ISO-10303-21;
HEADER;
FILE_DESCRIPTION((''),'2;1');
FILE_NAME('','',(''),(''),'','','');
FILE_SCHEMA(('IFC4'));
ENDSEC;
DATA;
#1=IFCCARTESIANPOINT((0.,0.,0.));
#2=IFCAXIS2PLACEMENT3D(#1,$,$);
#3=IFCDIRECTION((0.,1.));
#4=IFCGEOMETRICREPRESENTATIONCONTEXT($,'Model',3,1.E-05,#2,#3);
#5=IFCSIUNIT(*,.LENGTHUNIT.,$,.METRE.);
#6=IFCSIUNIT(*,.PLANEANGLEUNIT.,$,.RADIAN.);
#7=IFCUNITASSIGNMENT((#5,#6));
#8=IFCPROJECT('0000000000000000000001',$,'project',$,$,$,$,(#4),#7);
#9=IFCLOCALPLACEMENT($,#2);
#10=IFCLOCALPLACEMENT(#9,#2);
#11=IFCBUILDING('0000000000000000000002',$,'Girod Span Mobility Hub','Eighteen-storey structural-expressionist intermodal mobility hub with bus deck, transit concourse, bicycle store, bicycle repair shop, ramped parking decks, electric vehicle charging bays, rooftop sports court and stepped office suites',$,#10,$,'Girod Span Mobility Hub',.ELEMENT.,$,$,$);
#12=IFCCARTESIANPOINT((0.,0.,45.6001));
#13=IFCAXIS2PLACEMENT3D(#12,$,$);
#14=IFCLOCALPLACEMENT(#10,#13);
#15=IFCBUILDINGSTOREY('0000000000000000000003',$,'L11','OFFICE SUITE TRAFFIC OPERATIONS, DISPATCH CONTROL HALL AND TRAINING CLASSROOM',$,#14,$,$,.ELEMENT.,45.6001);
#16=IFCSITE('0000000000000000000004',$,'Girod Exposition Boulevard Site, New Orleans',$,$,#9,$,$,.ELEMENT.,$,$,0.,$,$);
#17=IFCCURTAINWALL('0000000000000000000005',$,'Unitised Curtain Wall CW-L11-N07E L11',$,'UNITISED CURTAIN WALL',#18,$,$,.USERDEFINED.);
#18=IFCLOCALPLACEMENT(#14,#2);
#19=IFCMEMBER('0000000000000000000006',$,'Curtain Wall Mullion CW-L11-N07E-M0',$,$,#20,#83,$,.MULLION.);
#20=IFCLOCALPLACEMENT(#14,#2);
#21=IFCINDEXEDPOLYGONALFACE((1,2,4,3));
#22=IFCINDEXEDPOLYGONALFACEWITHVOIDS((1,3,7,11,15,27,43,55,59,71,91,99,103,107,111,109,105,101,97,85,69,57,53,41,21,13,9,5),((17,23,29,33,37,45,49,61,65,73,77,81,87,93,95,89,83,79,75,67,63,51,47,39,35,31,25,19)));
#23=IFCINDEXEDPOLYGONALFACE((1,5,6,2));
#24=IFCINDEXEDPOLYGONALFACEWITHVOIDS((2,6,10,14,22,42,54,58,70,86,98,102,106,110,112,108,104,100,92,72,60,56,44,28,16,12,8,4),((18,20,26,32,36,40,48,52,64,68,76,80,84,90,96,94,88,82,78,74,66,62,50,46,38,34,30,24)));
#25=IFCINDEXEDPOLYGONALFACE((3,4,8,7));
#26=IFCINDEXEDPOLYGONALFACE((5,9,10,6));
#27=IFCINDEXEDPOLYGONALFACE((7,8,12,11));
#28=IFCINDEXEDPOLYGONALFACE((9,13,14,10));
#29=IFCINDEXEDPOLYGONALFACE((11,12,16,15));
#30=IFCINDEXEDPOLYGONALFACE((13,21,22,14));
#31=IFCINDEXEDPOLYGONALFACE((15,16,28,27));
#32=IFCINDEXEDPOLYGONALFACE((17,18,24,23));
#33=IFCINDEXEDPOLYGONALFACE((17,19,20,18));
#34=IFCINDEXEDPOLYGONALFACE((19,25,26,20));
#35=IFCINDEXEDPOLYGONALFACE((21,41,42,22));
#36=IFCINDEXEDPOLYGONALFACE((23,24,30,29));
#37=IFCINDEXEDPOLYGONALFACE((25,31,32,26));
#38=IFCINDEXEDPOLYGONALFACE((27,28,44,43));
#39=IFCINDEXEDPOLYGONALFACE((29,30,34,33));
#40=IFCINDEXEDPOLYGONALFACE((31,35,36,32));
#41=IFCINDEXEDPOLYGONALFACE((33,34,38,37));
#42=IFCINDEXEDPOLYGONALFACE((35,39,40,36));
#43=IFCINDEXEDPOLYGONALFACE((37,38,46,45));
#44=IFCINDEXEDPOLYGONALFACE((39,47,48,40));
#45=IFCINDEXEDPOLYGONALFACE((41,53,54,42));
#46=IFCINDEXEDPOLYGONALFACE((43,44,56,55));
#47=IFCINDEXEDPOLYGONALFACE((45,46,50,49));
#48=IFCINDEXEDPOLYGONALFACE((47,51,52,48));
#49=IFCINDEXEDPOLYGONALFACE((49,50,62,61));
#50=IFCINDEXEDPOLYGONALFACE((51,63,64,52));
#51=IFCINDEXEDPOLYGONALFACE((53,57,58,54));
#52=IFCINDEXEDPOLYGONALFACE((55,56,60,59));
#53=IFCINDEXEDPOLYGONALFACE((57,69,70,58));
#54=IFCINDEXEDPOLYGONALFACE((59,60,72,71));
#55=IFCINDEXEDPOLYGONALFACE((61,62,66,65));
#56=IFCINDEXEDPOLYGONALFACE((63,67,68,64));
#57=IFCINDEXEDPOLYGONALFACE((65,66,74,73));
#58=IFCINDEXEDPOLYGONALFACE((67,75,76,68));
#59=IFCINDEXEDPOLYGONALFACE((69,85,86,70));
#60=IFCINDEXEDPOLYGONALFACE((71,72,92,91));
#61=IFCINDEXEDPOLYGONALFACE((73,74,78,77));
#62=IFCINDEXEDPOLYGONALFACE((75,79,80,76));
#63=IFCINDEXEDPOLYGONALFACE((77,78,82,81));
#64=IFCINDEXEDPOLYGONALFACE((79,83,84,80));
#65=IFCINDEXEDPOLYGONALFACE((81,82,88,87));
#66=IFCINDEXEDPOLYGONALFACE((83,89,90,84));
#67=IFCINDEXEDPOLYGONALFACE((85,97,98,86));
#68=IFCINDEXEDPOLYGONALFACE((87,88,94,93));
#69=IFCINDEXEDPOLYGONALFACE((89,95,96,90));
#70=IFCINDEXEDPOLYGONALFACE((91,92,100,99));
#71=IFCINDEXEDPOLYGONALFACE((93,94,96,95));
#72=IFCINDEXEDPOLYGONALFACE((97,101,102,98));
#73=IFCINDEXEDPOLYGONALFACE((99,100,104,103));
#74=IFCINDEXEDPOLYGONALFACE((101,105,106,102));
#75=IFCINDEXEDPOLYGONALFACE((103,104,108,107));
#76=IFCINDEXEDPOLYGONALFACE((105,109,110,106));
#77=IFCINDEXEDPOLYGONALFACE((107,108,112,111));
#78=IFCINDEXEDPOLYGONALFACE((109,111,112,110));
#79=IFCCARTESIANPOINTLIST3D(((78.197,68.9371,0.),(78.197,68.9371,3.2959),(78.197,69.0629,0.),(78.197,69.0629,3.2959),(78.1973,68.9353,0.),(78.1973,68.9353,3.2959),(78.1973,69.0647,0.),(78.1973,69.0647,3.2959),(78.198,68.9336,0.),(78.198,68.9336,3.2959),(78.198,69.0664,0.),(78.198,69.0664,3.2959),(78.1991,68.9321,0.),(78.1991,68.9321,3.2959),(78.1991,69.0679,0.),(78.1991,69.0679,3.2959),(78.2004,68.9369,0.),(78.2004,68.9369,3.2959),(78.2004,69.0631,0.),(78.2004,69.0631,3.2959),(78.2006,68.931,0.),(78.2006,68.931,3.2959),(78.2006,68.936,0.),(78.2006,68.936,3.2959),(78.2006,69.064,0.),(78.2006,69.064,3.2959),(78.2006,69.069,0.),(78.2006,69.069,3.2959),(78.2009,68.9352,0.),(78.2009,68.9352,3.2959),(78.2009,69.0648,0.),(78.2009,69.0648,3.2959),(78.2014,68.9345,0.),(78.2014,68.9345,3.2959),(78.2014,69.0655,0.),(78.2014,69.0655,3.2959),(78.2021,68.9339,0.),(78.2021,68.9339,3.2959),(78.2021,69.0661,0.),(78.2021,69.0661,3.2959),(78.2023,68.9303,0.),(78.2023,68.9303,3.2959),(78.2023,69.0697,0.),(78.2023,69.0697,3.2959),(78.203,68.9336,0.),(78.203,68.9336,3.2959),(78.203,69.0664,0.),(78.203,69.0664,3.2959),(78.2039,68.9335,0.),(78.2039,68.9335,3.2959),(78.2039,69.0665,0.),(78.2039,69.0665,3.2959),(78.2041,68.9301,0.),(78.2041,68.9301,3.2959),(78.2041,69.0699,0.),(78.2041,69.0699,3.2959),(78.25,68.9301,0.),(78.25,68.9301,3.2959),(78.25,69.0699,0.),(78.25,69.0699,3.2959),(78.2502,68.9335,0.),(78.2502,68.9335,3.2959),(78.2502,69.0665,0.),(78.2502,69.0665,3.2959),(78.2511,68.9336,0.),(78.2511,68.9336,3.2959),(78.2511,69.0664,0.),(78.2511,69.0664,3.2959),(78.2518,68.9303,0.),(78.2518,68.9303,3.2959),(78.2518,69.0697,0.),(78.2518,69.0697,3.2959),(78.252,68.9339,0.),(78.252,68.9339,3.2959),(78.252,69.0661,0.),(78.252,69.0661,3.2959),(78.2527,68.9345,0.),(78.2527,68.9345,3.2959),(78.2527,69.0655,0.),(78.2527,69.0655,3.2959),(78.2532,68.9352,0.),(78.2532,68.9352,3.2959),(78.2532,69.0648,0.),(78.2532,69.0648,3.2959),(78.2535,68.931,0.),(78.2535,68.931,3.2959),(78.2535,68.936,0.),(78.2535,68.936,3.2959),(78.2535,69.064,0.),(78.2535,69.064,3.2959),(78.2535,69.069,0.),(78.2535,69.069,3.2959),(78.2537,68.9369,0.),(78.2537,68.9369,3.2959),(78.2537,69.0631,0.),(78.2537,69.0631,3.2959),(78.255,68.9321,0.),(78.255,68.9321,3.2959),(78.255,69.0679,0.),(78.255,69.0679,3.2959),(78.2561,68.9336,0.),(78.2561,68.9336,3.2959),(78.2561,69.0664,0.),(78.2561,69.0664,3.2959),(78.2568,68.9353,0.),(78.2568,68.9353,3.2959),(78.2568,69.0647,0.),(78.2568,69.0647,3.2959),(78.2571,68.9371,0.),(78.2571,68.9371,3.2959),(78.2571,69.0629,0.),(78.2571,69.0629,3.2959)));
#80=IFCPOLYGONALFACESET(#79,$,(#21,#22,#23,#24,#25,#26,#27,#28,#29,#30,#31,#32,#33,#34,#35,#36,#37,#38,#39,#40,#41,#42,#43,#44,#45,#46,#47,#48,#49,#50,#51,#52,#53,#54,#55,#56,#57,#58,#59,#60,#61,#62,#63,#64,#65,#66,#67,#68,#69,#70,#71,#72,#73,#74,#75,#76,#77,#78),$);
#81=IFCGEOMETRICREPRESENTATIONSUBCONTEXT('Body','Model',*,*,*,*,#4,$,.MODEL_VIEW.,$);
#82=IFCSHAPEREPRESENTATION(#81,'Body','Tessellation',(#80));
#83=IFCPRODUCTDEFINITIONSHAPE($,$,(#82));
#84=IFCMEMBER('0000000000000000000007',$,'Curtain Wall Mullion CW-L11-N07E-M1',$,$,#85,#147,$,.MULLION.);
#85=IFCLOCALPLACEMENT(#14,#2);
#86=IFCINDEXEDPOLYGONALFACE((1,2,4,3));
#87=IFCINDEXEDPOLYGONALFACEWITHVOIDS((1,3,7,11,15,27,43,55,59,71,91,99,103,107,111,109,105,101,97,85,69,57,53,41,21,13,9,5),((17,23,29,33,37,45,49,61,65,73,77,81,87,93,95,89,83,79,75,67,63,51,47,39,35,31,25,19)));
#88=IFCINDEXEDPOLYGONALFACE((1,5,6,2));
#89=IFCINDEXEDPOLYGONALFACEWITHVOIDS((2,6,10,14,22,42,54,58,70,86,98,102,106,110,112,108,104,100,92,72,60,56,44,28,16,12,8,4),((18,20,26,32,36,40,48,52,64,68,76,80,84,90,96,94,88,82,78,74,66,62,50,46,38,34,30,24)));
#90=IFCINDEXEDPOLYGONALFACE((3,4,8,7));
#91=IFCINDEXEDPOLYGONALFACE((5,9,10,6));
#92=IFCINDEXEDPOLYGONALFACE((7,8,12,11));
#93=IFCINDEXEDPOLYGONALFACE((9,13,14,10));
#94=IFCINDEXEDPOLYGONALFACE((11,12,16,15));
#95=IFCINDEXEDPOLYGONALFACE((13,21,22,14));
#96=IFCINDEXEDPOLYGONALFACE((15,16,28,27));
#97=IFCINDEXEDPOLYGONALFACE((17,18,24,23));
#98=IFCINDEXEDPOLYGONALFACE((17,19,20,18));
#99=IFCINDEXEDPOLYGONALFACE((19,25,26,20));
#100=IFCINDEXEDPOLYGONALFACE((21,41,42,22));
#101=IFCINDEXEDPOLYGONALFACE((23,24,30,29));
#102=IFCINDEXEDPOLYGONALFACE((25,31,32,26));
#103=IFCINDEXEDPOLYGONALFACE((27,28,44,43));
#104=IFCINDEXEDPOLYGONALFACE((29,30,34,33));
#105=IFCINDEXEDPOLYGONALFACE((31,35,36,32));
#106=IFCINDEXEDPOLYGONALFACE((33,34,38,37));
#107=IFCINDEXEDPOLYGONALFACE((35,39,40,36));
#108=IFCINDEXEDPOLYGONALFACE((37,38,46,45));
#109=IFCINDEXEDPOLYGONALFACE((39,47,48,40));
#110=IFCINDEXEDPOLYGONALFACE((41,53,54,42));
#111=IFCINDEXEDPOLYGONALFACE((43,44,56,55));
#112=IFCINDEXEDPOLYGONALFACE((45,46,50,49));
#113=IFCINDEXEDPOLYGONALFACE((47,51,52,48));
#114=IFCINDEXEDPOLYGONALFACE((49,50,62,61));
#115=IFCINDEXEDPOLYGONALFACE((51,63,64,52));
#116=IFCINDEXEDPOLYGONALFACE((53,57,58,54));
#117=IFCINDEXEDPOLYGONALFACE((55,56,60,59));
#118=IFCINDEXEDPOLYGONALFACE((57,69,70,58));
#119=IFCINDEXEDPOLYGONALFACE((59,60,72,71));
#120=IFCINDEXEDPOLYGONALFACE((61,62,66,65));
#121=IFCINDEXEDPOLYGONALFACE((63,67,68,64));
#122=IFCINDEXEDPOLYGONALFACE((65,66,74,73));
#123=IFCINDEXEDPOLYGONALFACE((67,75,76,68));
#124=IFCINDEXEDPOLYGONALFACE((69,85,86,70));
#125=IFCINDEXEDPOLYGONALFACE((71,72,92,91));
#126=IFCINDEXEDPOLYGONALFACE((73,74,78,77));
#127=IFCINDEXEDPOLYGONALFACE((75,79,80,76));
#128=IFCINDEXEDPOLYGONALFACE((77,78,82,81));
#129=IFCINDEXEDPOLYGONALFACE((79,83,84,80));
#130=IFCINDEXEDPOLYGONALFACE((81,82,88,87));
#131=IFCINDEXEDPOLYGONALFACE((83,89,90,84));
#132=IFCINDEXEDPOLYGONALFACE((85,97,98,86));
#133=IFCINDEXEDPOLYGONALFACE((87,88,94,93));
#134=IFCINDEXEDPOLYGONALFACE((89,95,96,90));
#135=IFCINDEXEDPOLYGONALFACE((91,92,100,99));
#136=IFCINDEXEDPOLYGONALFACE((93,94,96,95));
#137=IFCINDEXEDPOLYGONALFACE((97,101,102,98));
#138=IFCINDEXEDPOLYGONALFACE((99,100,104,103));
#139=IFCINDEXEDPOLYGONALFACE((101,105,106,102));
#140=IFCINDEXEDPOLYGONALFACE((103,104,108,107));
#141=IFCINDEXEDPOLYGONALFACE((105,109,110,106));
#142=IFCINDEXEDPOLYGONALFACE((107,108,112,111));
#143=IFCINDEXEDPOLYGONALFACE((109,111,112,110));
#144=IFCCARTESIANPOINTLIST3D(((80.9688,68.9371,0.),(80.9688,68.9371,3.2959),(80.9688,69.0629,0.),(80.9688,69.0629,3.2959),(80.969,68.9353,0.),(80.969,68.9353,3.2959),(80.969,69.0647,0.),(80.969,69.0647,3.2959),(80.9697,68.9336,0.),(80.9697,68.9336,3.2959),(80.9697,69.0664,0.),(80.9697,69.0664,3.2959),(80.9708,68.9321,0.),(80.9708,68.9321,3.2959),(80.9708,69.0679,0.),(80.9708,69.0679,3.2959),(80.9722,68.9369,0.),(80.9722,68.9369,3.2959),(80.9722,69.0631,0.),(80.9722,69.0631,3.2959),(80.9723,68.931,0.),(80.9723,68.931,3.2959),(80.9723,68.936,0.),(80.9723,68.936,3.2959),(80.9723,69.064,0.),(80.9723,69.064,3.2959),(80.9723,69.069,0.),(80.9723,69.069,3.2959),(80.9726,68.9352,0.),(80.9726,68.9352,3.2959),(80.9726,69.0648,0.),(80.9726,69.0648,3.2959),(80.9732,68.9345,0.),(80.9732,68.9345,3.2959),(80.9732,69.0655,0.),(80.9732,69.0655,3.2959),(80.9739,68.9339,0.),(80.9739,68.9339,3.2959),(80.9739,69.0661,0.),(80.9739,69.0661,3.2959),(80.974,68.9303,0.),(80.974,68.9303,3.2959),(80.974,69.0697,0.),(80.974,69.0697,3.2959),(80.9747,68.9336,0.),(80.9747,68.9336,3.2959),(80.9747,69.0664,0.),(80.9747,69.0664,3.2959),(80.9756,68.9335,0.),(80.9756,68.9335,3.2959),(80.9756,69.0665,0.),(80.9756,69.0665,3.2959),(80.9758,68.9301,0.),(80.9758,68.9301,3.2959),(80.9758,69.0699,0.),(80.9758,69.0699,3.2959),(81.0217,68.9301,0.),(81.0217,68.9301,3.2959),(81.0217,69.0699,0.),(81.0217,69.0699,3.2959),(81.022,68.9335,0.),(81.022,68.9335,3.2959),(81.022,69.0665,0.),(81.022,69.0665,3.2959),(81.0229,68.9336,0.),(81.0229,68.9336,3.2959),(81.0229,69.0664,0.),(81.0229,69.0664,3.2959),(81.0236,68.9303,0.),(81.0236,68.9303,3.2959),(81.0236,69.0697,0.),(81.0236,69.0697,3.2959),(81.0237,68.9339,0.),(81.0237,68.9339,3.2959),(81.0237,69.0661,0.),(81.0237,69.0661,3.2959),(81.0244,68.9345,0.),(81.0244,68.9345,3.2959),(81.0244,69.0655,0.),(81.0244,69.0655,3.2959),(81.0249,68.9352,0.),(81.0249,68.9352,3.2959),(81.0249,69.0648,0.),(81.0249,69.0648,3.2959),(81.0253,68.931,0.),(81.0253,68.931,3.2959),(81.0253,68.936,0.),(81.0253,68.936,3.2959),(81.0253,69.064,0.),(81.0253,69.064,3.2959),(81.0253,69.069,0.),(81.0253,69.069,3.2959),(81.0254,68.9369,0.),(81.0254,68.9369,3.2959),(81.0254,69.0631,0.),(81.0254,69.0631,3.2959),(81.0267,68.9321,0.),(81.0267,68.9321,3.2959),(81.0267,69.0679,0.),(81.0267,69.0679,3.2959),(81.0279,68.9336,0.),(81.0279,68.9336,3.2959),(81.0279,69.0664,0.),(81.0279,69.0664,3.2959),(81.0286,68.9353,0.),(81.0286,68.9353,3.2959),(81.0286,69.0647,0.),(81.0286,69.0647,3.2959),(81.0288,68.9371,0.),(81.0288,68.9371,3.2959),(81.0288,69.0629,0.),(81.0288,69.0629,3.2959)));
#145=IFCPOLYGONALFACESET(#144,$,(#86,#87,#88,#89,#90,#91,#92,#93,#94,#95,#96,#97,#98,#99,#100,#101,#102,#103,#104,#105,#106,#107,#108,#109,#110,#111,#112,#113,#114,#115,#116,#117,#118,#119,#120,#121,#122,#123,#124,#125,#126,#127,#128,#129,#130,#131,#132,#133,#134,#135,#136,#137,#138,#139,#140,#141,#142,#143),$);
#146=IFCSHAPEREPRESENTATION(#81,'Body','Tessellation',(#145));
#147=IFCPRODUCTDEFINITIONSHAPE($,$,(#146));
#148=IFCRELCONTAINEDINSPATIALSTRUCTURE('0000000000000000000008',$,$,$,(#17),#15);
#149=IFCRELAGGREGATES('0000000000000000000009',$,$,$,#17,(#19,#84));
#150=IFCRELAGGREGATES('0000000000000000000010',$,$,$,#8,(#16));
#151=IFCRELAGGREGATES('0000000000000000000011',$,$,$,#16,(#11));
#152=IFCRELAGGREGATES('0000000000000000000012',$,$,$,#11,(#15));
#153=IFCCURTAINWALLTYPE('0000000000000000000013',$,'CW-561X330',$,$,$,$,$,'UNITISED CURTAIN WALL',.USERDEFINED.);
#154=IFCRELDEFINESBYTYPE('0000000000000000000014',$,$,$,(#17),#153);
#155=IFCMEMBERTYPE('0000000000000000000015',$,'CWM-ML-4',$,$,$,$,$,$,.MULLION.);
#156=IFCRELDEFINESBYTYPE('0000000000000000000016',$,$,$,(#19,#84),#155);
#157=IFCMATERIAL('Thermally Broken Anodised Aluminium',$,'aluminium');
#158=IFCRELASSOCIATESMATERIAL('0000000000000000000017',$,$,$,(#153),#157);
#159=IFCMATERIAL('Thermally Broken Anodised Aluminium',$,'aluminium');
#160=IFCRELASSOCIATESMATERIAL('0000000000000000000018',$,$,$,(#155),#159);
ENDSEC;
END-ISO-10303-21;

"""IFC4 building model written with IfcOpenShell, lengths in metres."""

from ifc_helpers import new_model, si_unit, direction, frame, origin, origin_2d, place, context, subcontext, project, spatial, hollow_rectangle, extrude, material, material_profile, profile_set, type_object, element, aggregate, save


model = new_model("IFC4")

# Units and contexts
model_context = context("Model", 3, precision=1e-05, world=origin(), true_north=direction((0.0, 1.0)))
body_context = subcontext(model_context, "Body", "Model", "MODEL_VIEW")
ifc_project = project(units=[si_unit("LENGTHUNIT", "METRE"), si_unit("PLANEANGLEUNIT", "RADIAN")], contexts=[model_context])

# Site, building, storey
site_placement = place(None, origin())
site = spatial("IfcSite", under=ifc_project, at=site_placement, Name="Girod Exposition Boulevard Site, New Orleans", CompositionType="ELEMENT", RefElevation=0.0)
building_placement = place(site_placement, origin())
building = spatial("IfcBuilding", under=site, at=building_placement, Name="Girod Span Mobility Hub", Description="Eighteen-storey structural-expressionist intermodal mobility hub with bus deck, transit concourse, bicycle store, bicycle repair shop, ramped parking decks, electric vehicle charging bays, rooftop sports court and stepped office suites", LongName="Girod Span Mobility Hub", CompositionType="ELEMENT")
storey_placement = place(building_placement, frame((0.0, 0.0, 45.6001)))
storey = spatial("IfcBuildingStorey", under=building, at=storey_placement, Name="L11", Description="OFFICE SUITE TRAFFIC OPERATIONS, DISPATCH CONTROL HALL AND TRAINING CLASSROOM", CompositionType="ELEMENT", Elevation=45.6001)

# Shared definitions
ifc_material_1 = material(Name="Thermally Broken Anodised Aluminium", Category="aluminium")
curtain_wall_type = type_object("IfcCurtainWallType", Name="CW-561X330", ElementType="UNITISED CURTAIN WALL", PredefinedType="USERDEFINED", material=ifc_material_1)
ifc_material_2 = material(Name="Thermally Broken Anodised Aluminium", Category="aluminium")
ifc_material_profile_1 = material_profile(ifc_material_2, hollow_rectangle(XDim=0.1399, YDim=0.0601, WallThickness=0.0034, InnerFilletRadius=0.0034, OuterFilletRadius=0.0071, at=origin_2d()), Name="CW-ML-60X140")
ifc_profile_set_1 = profile_set([ifc_material_profile_1], Name="Thermally Broken Anodised Aluminium")
member_type_1 = type_object("IfcMemberType", Name="CWM-ML-4", PredefinedType="MULLION", material=ifc_profile_set_1)

# Curtain wall, members
curtain_wall_1_placement = place(storey_placement, origin())
curtain_wall_1 = element("IfcCurtainWall", 1, at=curtain_wall_1_placement, inside=storey, type_object=curtain_wall_type, Name="Unitised Curtain Wall CW-L11-N07E L11", ObjectType="UNITISED CURTAIN WALL", PredefinedType="USERDEFINED")
member_1_placement = place(storey_placement, frame((78.2271, 69.0, 0.0), z_axis=(0.0, 0.0, 1.0), x_axis=(0.0, 1.0, 0.0)))
member_1 = element("IfcMember", 2, at=member_1_placement, type_object=member_type_1, Name="Curtain Wall Mullion CW-L11-N07E-M0", PredefinedType="MULLION", context=body_context, shape_type="SweptSolid", body=[
    extrude(hollow_rectangle(XDim=0.1399, YDim=0.0601, WallThickness=0.0034, InnerFilletRadius=0.0034, OuterFilletRadius=0.0071, at=origin_2d()), origin(), (0.0, 0.0, 1.0), 3.2959),
])
member_2_placement = place(storey_placement, frame((80.9988, 69.0, 0.0), z_axis=(0.0, 0.0, 1.0), x_axis=(0.0, 1.0, 0.0)))
member_2 = element("IfcMember", 3, at=member_2_placement, type_object=member_type_1, Name="Curtain Wall Mullion CW-L11-N07E-M1", PredefinedType="MULLION", context=body_context, shape_type="SweptSolid", body=[
    extrude(hollow_rectangle(XDim=0.1399, YDim=0.0601, WallThickness=0.0034, InnerFilletRadius=0.0034, OuterFilletRadius=0.0071, at=origin_2d()), origin(), (0.0, 0.0, 1.0), 3.2959),
])

aggregate(curtain_wall_1, [member_1, member_2])

save(model, "model.ifc")
